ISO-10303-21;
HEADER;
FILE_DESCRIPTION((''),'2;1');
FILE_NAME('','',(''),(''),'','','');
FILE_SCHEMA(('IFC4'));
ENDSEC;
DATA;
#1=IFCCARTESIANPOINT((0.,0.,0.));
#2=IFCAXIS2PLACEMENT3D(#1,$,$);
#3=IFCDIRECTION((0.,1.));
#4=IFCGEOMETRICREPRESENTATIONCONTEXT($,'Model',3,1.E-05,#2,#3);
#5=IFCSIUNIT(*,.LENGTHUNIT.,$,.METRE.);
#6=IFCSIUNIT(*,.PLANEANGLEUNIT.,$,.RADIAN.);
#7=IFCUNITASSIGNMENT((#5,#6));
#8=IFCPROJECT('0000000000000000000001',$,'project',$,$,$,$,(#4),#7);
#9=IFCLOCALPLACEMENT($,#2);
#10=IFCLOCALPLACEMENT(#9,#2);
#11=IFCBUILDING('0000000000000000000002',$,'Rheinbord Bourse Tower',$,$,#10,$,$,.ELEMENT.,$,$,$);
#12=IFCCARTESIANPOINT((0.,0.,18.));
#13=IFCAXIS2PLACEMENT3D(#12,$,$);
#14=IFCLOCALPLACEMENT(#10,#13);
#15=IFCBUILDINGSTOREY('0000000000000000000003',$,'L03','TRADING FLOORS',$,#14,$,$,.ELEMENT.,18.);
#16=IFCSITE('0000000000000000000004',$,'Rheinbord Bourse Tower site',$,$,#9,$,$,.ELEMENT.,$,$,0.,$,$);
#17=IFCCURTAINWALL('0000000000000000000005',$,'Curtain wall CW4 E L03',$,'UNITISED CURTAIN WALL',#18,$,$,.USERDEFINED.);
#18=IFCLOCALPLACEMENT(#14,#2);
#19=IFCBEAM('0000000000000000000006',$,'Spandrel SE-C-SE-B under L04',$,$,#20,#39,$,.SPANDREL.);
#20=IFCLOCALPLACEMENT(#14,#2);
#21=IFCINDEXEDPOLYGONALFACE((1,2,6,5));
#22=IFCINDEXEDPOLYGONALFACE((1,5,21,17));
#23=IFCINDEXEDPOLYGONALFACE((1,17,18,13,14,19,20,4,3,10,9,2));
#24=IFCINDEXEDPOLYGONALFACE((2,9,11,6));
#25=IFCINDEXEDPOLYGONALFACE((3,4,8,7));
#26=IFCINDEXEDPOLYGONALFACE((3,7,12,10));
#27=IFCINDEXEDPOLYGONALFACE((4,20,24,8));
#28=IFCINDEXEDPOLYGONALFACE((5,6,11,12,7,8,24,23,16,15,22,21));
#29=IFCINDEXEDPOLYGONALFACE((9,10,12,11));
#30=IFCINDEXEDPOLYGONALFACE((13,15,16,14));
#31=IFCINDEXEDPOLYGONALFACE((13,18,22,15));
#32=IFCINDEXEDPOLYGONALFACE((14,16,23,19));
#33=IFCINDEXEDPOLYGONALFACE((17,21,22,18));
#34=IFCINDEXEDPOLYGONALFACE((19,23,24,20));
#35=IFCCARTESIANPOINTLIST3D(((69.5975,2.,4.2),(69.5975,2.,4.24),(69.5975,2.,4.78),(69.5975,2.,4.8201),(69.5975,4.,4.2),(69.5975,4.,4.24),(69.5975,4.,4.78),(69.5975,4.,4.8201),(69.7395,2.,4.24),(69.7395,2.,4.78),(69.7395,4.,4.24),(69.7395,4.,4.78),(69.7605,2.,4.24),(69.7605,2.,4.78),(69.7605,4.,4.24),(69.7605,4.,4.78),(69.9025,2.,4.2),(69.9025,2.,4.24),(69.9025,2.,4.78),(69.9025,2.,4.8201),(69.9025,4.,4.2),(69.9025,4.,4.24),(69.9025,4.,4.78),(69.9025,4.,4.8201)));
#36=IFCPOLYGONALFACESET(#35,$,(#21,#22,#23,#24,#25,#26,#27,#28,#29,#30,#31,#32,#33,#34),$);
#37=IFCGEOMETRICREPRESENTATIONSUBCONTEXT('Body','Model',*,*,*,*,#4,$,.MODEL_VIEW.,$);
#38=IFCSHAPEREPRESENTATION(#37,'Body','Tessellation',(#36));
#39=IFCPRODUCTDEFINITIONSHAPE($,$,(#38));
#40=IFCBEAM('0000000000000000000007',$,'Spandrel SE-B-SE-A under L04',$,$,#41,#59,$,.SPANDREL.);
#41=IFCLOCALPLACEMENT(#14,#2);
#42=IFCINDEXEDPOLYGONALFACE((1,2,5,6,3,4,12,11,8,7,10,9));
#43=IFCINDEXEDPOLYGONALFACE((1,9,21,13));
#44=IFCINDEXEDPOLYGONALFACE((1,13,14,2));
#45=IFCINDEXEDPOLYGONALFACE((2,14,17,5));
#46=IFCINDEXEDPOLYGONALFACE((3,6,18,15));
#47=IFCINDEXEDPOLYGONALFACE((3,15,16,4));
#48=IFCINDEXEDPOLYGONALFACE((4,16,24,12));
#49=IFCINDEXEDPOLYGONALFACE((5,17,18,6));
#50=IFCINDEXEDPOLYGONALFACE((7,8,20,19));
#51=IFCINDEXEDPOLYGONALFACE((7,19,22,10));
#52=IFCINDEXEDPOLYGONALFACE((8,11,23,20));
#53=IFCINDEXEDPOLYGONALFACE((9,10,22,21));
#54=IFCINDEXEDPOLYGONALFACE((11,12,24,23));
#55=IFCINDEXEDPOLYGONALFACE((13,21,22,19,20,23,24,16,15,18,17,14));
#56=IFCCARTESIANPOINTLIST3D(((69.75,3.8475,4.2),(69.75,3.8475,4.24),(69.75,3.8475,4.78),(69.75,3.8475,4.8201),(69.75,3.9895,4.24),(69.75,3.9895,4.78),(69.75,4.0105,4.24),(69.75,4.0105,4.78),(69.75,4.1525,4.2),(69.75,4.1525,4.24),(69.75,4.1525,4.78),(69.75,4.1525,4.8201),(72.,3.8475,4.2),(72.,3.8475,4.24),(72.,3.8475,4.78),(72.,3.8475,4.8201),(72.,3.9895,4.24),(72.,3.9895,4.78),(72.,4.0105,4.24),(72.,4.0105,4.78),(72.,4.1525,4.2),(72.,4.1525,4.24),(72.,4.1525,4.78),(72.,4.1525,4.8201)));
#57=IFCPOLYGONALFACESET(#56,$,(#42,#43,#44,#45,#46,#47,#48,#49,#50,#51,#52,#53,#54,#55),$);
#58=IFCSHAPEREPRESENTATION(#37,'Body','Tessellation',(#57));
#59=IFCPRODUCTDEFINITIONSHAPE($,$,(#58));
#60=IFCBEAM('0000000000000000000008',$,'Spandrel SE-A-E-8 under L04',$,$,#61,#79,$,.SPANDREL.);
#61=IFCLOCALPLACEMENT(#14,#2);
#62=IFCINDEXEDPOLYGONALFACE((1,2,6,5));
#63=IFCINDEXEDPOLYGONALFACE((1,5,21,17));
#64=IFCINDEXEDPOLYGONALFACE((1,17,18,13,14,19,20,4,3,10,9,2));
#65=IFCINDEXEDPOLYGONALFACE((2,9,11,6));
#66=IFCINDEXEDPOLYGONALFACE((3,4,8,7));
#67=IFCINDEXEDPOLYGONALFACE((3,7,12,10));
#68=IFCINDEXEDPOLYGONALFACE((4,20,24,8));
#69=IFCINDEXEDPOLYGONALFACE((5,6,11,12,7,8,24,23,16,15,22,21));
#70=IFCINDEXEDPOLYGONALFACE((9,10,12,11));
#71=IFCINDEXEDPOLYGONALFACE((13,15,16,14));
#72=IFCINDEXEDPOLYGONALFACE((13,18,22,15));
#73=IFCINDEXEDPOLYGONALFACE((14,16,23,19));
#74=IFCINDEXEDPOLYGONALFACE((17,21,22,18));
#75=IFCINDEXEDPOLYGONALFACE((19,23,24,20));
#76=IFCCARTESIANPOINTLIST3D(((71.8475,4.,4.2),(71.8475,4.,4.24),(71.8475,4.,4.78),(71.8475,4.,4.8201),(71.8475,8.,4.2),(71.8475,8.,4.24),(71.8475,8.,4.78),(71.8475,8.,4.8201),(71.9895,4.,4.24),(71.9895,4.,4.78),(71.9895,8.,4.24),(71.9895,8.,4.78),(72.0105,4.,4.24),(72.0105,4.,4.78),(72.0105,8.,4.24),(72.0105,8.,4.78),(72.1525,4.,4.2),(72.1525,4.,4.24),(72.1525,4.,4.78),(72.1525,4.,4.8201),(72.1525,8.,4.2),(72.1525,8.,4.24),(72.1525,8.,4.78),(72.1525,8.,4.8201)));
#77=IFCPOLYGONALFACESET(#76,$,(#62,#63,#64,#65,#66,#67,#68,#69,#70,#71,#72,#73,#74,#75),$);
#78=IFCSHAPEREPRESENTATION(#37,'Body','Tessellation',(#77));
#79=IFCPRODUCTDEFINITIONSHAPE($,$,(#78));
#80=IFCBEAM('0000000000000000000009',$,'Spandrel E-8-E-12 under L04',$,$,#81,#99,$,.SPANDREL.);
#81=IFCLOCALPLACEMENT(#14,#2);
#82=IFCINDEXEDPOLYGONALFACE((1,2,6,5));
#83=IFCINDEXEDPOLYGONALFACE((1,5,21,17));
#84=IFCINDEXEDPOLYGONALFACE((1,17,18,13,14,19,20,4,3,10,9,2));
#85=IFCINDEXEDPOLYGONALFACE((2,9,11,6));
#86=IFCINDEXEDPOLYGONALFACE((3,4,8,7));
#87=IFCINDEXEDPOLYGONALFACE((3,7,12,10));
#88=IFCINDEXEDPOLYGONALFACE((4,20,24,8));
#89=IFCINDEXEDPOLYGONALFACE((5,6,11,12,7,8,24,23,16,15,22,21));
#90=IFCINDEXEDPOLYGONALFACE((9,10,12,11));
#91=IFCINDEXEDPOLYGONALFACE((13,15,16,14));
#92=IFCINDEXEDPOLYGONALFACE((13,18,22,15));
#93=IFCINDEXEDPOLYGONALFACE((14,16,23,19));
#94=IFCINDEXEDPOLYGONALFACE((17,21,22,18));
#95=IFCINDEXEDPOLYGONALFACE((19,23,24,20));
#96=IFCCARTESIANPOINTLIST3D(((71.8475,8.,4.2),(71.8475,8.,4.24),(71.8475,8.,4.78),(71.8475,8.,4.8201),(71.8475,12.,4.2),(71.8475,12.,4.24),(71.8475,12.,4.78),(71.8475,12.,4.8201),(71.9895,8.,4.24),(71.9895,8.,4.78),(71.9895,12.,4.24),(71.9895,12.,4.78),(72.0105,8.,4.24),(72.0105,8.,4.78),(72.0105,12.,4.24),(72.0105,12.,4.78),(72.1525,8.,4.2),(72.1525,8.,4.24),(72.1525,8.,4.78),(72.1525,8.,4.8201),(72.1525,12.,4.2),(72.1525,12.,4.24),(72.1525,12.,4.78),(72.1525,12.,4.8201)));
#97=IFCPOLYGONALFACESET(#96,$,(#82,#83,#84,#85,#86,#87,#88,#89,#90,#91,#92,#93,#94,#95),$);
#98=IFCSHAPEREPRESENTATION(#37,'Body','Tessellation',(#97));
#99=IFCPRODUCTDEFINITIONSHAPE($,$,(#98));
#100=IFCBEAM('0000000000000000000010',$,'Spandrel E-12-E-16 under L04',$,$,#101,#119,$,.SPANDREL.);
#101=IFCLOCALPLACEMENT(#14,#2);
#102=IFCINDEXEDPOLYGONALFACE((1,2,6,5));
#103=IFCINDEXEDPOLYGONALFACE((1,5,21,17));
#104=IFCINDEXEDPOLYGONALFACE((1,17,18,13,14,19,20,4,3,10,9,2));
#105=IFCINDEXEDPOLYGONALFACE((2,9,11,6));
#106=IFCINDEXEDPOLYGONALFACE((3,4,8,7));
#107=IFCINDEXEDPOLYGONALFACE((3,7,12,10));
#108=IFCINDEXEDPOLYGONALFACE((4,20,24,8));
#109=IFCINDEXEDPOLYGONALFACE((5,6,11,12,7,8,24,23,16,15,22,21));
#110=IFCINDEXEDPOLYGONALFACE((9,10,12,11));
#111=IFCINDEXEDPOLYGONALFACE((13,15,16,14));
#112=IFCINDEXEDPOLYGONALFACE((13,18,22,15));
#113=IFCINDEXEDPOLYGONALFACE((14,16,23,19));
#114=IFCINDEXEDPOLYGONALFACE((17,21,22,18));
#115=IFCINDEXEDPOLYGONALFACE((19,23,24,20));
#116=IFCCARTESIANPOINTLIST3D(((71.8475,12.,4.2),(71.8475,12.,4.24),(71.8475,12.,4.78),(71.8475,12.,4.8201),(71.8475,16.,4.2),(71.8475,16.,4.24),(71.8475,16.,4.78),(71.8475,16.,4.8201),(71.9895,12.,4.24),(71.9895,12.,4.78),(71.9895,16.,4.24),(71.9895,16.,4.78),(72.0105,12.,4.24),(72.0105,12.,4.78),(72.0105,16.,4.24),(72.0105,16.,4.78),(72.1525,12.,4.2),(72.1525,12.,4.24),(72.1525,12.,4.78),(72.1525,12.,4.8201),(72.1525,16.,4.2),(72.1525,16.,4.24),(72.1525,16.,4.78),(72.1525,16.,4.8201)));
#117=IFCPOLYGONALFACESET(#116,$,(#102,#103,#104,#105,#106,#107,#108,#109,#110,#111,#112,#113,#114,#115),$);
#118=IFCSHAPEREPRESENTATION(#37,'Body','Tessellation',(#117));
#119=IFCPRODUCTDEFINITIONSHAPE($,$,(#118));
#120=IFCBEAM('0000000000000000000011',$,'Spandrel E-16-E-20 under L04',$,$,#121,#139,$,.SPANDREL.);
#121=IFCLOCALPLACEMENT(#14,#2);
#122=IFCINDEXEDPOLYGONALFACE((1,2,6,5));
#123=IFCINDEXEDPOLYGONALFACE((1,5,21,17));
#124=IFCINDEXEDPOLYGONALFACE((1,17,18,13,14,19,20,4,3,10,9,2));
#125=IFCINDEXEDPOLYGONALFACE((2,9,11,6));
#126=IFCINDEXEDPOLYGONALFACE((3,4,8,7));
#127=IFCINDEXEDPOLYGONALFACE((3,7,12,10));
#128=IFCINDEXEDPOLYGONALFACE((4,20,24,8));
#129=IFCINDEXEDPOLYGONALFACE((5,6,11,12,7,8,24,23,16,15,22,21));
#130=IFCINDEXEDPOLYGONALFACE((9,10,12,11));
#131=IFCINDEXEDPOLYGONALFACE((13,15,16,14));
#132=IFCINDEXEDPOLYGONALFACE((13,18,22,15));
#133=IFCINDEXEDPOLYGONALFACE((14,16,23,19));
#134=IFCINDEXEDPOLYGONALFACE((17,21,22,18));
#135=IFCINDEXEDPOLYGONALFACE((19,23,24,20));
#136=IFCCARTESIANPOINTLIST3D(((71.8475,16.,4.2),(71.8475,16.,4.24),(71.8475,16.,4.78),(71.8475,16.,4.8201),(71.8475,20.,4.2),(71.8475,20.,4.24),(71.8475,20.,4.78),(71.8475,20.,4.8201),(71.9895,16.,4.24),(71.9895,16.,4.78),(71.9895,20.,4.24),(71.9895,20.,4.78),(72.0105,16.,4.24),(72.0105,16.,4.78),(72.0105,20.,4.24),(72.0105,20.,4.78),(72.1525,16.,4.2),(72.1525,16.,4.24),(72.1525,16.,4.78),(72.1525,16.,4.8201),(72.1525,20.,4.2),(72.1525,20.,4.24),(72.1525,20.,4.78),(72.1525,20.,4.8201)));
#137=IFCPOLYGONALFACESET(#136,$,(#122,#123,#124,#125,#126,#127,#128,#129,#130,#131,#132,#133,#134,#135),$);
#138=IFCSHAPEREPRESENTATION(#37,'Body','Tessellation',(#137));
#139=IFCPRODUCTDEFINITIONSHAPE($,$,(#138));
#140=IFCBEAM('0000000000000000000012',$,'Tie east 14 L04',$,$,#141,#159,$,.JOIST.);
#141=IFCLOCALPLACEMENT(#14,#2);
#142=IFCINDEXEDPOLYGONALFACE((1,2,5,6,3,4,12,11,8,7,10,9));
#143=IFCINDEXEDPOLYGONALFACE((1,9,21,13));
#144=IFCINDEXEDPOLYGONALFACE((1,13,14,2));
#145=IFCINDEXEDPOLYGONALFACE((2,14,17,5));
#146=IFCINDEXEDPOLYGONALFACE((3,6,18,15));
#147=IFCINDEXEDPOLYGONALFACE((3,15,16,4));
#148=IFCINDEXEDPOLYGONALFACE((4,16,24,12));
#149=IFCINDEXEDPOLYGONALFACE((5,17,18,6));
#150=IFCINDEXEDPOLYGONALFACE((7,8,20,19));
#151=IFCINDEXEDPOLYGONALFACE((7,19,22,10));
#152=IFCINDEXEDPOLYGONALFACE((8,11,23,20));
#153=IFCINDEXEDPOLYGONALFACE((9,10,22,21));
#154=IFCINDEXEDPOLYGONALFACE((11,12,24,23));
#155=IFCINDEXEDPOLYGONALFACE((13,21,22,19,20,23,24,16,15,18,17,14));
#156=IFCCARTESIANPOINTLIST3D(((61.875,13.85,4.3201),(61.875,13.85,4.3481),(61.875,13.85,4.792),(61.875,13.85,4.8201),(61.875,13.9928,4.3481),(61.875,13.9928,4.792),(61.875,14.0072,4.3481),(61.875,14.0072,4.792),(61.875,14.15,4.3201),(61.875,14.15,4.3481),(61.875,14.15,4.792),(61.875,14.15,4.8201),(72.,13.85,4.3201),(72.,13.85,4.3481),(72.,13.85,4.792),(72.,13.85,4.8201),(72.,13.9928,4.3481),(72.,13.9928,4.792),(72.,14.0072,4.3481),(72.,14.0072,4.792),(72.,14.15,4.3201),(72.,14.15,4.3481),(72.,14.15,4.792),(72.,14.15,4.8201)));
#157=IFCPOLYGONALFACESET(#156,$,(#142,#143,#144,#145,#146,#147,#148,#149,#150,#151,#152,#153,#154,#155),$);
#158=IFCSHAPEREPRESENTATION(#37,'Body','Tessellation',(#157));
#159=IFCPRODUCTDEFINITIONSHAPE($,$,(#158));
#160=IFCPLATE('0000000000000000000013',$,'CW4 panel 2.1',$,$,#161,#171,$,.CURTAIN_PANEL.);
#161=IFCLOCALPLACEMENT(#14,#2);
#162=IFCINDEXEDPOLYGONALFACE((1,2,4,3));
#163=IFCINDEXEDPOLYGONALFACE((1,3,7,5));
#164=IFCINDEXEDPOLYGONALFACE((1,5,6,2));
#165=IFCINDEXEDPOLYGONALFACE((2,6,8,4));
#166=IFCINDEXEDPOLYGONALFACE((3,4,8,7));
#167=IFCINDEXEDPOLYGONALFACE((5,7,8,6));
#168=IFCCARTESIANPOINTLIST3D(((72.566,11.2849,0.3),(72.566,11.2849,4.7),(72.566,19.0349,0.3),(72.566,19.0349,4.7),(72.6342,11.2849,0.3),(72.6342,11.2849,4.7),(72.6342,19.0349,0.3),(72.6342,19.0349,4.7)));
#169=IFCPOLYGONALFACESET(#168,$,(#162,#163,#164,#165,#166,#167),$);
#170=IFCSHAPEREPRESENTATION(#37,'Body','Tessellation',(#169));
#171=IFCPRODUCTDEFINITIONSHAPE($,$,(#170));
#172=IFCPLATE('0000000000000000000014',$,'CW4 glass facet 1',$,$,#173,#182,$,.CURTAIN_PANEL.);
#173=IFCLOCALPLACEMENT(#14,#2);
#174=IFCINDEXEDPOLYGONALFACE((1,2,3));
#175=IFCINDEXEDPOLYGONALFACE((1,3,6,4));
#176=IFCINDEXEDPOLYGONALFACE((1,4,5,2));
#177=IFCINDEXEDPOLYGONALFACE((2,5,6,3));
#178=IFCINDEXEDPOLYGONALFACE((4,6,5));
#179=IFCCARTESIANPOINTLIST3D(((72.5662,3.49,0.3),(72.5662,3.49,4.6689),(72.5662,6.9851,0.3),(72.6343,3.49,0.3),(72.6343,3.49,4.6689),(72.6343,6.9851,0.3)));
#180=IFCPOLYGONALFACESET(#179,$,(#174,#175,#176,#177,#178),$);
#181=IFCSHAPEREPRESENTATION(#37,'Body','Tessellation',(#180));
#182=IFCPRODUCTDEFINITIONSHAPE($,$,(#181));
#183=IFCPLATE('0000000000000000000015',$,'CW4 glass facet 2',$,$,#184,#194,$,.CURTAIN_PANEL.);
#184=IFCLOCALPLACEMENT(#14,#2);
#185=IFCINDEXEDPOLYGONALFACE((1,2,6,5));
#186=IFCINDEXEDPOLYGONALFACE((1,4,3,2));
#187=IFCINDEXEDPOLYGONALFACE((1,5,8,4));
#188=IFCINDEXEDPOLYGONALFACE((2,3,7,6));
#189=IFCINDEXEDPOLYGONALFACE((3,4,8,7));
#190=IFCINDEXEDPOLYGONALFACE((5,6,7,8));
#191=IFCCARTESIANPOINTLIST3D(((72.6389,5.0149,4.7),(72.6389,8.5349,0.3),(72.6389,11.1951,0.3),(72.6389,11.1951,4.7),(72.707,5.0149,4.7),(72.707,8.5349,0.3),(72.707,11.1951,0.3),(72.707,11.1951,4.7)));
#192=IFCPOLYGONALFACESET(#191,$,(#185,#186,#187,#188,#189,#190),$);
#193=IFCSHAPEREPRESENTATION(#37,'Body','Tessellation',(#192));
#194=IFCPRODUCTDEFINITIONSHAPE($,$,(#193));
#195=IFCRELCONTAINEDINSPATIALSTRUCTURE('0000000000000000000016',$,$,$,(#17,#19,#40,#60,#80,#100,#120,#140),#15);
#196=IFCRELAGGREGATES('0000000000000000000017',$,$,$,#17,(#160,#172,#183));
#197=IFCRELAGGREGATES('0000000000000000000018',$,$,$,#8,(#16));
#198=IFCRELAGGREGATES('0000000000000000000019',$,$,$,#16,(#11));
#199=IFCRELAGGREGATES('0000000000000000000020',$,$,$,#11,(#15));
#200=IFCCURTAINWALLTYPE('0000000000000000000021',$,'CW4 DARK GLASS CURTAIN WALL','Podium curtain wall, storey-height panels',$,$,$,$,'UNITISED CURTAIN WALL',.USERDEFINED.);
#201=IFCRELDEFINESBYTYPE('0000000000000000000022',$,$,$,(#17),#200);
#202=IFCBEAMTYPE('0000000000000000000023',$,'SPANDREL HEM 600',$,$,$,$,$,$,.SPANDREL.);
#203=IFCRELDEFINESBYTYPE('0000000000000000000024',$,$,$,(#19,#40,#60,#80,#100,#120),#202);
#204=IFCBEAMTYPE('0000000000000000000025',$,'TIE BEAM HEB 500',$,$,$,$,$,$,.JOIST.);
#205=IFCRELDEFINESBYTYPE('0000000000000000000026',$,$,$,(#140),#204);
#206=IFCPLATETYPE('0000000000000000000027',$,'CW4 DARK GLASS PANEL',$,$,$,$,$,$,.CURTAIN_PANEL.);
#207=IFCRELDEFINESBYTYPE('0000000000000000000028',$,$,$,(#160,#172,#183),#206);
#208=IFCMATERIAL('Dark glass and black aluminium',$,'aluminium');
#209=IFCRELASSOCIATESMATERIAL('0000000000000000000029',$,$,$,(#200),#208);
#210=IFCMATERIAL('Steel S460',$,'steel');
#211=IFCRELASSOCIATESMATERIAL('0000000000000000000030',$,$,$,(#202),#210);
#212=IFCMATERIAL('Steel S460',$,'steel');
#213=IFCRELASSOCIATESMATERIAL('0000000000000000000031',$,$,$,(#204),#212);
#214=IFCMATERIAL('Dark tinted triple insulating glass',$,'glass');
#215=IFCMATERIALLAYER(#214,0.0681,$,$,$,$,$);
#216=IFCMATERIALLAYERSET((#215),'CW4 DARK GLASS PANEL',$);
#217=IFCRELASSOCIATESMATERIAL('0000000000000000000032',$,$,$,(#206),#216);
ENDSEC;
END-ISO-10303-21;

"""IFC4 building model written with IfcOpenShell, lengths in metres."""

from ifc_helpers import new_model, si_unit, direction, frame, origin, origin_2d, place, context, subcontext, project, spatial, polyline, rectangle, i_section, outline, extrude, material, layer, layer_set, material_profile, profile_set, type_object, element, aggregate, save


model = new_model("IFC4")

# Units and contexts
model_context = context("Model", 3, precision=1e-05, world=origin(), true_north=direction((0.0, 1.0)))
body_context = subcontext(model_context, "Body", "Model", "MODEL_VIEW")
ifc_project = project(units=[si_unit("LENGTHUNIT", "METRE"), si_unit("PLANEANGLEUNIT", "RADIAN")], contexts=[model_context])

# Site, building, storey
site_placement = place(None, origin())
site = spatial("IfcSite", under=ifc_project, at=site_placement, Name="Rheinbord Bourse Tower site", CompositionType="ELEMENT", RefElevation=0.0)
building_placement = place(site_placement, origin())
building = spatial("IfcBuilding", under=site, at=building_placement, Name="Rheinbord Bourse Tower", CompositionType="ELEMENT")
storey_placement = place(building_placement, frame((0.0, 0.0, 18.0)))
storey = spatial("IfcBuildingStorey", under=building, at=storey_placement, Name="L03", Description="TRADING FLOORS", CompositionType="ELEMENT", Elevation=18.0)

# Curtain wall
ifc_material_1 = material(Name="Dark glass and black aluminium", Category="aluminium")
curtain_wall_type = type_object("IfcCurtainWallType", Name="CW4 DARK GLASS CURTAIN WALL", Description="Podium curtain wall, storey-height panels", ElementType="UNITISED CURTAIN WALL", PredefinedType="USERDEFINED", material=ifc_material_1)
curtain_wall_1_placement = place(storey_placement, origin())
curtain_wall_1 = element("IfcCurtainWall", 1, at=curtain_wall_1_placement, inside=storey, type_object=curtain_wall_type, Name="Curtain wall CW4 E L03", ObjectType="UNITISED CURTAIN WALL", PredefinedType="USERDEFINED")

# Beams
ifc_material_2 = material(Name="Steel S460", Category="steel")
ifc_material_profile_1 = material_profile(ifc_material_2, i_section(OverallWidth=0.3049, OverallDepth=0.6201, WebThickness=0.021, FlangeThickness=0.04, at=origin_2d()), Name="HEM 600")
ifc_profile_set_1 = profile_set([ifc_material_profile_1], Name="Steel S460")
beam_type_1 = type_object("IfcBeamType", Name="SPANDREL HEM 600", PredefinedType="SPANDREL", material=ifc_profile_set_1)
beam_1_placement = place(storey_placement, frame((69.75, 2.0, 4.51), z_axis=(0.0, 1.0, 0.0), x_axis=(-1.0, 0.0, 0.0)))
element("IfcBeam", 2, at=beam_1_placement, inside=storey, type_object=beam_type_1, Name="Spandrel SE-C-SE-B under L04", PredefinedType="SPANDREL", context=body_context, shape_type="SweptSolid", body=[
    extrude(i_section(OverallWidth=0.3049, OverallDepth=0.6201, WebThickness=0.021, FlangeThickness=0.04, at=origin_2d()), origin(), (0.0, 0.0, 1.0), 2.0),
])
beam_2_placement = place(storey_placement, frame((69.75, 4.0, 4.51), z_axis=(1.0, 0.0, 0.0), x_axis=(0.0, 1.0, 0.0)))
element("IfcBeam", 3, at=beam_2_placement, inside=storey, type_object=beam_type_1, Name="Spandrel SE-B-SE-A under L04", PredefinedType="SPANDREL", context=body_context, shape_type="SweptSolid", body=[
    extrude(i_section(OverallWidth=0.3049, OverallDepth=0.6201, WebThickness=0.021, FlangeThickness=0.04, at=origin_2d()), origin(), (0.0, 0.0, 1.0), 2.25),
])
for number, where, z_axis, x_axis, name in (
    (4, (72.0, 4.0, 4.51), (0.0, 1.0, 0.0), (-1.0, 0.0, 0.0), "Spandrel SE-A-E-8 under L04"),
    (5, (72.0, 8.0, 4.51), (0.0, 1.0, 0.0), (-1.0, 0.0, 0.0), "Spandrel E-8-E-12 under L04"),
    (6, (72.0, 12.0, 4.51), (0.0, 1.0, 0.0), (-1.0, 0.0, 0.0), "Spandrel E-12-E-16 under L04"),
    (7, (72.0, 16.0, 4.51), (0.0, 1.0, 0.0), (-1.0, 0.0, 0.0), "Spandrel E-16-E-20 under L04"),
):
    element("IfcBeam", number, at=place(storey_placement, frame(where, z_axis=z_axis, x_axis=x_axis)), inside=storey, type_object=beam_type_1, Name=name, PredefinedType="SPANDREL", context=body_context, shape_type="SweptSolid", body=[
        extrude(i_section(OverallWidth=0.3049, OverallDepth=0.6201, WebThickness=0.021, FlangeThickness=0.04, at=origin_2d()), origin(), (0.0, 0.0, 1.0), 4.0),
    ])
ifc_material_3 = material(Name="Steel S460", Category="steel")
ifc_material_profile_2 = material_profile(ifc_material_3, i_section(OverallWidth=0.3, OverallDepth=0.5, WebThickness=0.0144, FlangeThickness=0.0281, at=origin_2d()), Name="HEB 500")
ifc_profile_set_2 = profile_set([ifc_material_profile_2], Name="Steel S460")
beam_type_2 = type_object("IfcBeamType", Name="TIE BEAM HEB 500", PredefinedType="JOIST", material=ifc_profile_set_2)
beam_3_placement = place(storey_placement, frame((61.875, 14.0, 4.5701), z_axis=(1.0, 0.0, 0.0), x_axis=(0.0, 1.0, 0.0)))
element("IfcBeam", 8, at=beam_3_placement, inside=storey, type_object=beam_type_2, Name="Tie east 14 L04", PredefinedType="JOIST", context=body_context, shape_type="SweptSolid", body=[
    extrude(i_section(OverallWidth=0.3, OverallDepth=0.5, WebThickness=0.0144, FlangeThickness=0.0281, at=origin_2d()), origin(), (0.0, 0.0, 1.0), 10.125),
])

# Plates
ifc_material_4 = material(Name="Dark tinted triple insulating glass", Category="glass")
ifc_layer_1 = layer(ifc_material_4, 0.0681)
ifc_layer_set_1 = layer_set([ifc_layer_1], Name="CW4 DARK GLASS PANEL")
plate_type = type_object("IfcPlateType", Name="CW4 DARK GLASS PANEL", PredefinedType="CURTAIN_PANEL", material=ifc_layer_set_1)
plate_1_placement = place(storey_placement, frame((72.6001, 15.1599, 0.3), z_axis=(0.0, 0.0, 1.0), x_axis=(0.0, 1.0, 0.0)))
plate_1 = element("IfcPlate", 9, at=plate_1_placement, type_object=plate_type, Name="CW4 panel 2.1", PredefinedType="CURTAIN_PANEL", context=body_context, shape_type="SweptSolid", body=[
    extrude(rectangle(XDim=7.75, YDim=0.0681, at=origin_2d()), origin(), (0.0, 0.0, 1.0), 4.3999),
])
plate_2_placement = place(storey_placement, frame((72.6343, 3.49, 0.3), z_axis=(-1.0, 0.0, 0.0), x_axis=(0.0, 0.0, 1.0)))
plate_2 = element("IfcPlate", 10, at=plate_2_placement, type_object=plate_type, Name="CW4 glass facet 1", PredefinedType="CURTAIN_PANEL", context=body_context, shape_type="SweptSolid", body=[
    extrude(outline(polyline([(0.0, 0.0), (4.3689, 0.0), (0.0, 3.4951), (0.0, 0.0)])), origin(), (0.0, 0.0, 1.0), 0.0681),
])
plate_3_placement = place(storey_placement, frame((72.707, 11.1951, 4.7), z_axis=(-1.0, 0.0, 0.0), x_axis=(0.0, 0.0, -1.0)))
plate_3 = element("IfcPlate", 11, at=plate_3_placement, type_object=plate_type, Name="CW4 glass facet 2", PredefinedType="CURTAIN_PANEL", context=body_context, shape_type="SweptSolid", body=[
    extrude(outline(polyline([(0.0, 0.0), (4.3999, 0.0), (4.3999, 2.6602), (0.0, 6.1802), (0.0, 0.0)])), origin(), (0.0, 0.0, 1.0), 0.0681),
])
aggregate(curtain_wall_1, [plate_1, plate_2, plate_3])

save(model, "model.ifc")
